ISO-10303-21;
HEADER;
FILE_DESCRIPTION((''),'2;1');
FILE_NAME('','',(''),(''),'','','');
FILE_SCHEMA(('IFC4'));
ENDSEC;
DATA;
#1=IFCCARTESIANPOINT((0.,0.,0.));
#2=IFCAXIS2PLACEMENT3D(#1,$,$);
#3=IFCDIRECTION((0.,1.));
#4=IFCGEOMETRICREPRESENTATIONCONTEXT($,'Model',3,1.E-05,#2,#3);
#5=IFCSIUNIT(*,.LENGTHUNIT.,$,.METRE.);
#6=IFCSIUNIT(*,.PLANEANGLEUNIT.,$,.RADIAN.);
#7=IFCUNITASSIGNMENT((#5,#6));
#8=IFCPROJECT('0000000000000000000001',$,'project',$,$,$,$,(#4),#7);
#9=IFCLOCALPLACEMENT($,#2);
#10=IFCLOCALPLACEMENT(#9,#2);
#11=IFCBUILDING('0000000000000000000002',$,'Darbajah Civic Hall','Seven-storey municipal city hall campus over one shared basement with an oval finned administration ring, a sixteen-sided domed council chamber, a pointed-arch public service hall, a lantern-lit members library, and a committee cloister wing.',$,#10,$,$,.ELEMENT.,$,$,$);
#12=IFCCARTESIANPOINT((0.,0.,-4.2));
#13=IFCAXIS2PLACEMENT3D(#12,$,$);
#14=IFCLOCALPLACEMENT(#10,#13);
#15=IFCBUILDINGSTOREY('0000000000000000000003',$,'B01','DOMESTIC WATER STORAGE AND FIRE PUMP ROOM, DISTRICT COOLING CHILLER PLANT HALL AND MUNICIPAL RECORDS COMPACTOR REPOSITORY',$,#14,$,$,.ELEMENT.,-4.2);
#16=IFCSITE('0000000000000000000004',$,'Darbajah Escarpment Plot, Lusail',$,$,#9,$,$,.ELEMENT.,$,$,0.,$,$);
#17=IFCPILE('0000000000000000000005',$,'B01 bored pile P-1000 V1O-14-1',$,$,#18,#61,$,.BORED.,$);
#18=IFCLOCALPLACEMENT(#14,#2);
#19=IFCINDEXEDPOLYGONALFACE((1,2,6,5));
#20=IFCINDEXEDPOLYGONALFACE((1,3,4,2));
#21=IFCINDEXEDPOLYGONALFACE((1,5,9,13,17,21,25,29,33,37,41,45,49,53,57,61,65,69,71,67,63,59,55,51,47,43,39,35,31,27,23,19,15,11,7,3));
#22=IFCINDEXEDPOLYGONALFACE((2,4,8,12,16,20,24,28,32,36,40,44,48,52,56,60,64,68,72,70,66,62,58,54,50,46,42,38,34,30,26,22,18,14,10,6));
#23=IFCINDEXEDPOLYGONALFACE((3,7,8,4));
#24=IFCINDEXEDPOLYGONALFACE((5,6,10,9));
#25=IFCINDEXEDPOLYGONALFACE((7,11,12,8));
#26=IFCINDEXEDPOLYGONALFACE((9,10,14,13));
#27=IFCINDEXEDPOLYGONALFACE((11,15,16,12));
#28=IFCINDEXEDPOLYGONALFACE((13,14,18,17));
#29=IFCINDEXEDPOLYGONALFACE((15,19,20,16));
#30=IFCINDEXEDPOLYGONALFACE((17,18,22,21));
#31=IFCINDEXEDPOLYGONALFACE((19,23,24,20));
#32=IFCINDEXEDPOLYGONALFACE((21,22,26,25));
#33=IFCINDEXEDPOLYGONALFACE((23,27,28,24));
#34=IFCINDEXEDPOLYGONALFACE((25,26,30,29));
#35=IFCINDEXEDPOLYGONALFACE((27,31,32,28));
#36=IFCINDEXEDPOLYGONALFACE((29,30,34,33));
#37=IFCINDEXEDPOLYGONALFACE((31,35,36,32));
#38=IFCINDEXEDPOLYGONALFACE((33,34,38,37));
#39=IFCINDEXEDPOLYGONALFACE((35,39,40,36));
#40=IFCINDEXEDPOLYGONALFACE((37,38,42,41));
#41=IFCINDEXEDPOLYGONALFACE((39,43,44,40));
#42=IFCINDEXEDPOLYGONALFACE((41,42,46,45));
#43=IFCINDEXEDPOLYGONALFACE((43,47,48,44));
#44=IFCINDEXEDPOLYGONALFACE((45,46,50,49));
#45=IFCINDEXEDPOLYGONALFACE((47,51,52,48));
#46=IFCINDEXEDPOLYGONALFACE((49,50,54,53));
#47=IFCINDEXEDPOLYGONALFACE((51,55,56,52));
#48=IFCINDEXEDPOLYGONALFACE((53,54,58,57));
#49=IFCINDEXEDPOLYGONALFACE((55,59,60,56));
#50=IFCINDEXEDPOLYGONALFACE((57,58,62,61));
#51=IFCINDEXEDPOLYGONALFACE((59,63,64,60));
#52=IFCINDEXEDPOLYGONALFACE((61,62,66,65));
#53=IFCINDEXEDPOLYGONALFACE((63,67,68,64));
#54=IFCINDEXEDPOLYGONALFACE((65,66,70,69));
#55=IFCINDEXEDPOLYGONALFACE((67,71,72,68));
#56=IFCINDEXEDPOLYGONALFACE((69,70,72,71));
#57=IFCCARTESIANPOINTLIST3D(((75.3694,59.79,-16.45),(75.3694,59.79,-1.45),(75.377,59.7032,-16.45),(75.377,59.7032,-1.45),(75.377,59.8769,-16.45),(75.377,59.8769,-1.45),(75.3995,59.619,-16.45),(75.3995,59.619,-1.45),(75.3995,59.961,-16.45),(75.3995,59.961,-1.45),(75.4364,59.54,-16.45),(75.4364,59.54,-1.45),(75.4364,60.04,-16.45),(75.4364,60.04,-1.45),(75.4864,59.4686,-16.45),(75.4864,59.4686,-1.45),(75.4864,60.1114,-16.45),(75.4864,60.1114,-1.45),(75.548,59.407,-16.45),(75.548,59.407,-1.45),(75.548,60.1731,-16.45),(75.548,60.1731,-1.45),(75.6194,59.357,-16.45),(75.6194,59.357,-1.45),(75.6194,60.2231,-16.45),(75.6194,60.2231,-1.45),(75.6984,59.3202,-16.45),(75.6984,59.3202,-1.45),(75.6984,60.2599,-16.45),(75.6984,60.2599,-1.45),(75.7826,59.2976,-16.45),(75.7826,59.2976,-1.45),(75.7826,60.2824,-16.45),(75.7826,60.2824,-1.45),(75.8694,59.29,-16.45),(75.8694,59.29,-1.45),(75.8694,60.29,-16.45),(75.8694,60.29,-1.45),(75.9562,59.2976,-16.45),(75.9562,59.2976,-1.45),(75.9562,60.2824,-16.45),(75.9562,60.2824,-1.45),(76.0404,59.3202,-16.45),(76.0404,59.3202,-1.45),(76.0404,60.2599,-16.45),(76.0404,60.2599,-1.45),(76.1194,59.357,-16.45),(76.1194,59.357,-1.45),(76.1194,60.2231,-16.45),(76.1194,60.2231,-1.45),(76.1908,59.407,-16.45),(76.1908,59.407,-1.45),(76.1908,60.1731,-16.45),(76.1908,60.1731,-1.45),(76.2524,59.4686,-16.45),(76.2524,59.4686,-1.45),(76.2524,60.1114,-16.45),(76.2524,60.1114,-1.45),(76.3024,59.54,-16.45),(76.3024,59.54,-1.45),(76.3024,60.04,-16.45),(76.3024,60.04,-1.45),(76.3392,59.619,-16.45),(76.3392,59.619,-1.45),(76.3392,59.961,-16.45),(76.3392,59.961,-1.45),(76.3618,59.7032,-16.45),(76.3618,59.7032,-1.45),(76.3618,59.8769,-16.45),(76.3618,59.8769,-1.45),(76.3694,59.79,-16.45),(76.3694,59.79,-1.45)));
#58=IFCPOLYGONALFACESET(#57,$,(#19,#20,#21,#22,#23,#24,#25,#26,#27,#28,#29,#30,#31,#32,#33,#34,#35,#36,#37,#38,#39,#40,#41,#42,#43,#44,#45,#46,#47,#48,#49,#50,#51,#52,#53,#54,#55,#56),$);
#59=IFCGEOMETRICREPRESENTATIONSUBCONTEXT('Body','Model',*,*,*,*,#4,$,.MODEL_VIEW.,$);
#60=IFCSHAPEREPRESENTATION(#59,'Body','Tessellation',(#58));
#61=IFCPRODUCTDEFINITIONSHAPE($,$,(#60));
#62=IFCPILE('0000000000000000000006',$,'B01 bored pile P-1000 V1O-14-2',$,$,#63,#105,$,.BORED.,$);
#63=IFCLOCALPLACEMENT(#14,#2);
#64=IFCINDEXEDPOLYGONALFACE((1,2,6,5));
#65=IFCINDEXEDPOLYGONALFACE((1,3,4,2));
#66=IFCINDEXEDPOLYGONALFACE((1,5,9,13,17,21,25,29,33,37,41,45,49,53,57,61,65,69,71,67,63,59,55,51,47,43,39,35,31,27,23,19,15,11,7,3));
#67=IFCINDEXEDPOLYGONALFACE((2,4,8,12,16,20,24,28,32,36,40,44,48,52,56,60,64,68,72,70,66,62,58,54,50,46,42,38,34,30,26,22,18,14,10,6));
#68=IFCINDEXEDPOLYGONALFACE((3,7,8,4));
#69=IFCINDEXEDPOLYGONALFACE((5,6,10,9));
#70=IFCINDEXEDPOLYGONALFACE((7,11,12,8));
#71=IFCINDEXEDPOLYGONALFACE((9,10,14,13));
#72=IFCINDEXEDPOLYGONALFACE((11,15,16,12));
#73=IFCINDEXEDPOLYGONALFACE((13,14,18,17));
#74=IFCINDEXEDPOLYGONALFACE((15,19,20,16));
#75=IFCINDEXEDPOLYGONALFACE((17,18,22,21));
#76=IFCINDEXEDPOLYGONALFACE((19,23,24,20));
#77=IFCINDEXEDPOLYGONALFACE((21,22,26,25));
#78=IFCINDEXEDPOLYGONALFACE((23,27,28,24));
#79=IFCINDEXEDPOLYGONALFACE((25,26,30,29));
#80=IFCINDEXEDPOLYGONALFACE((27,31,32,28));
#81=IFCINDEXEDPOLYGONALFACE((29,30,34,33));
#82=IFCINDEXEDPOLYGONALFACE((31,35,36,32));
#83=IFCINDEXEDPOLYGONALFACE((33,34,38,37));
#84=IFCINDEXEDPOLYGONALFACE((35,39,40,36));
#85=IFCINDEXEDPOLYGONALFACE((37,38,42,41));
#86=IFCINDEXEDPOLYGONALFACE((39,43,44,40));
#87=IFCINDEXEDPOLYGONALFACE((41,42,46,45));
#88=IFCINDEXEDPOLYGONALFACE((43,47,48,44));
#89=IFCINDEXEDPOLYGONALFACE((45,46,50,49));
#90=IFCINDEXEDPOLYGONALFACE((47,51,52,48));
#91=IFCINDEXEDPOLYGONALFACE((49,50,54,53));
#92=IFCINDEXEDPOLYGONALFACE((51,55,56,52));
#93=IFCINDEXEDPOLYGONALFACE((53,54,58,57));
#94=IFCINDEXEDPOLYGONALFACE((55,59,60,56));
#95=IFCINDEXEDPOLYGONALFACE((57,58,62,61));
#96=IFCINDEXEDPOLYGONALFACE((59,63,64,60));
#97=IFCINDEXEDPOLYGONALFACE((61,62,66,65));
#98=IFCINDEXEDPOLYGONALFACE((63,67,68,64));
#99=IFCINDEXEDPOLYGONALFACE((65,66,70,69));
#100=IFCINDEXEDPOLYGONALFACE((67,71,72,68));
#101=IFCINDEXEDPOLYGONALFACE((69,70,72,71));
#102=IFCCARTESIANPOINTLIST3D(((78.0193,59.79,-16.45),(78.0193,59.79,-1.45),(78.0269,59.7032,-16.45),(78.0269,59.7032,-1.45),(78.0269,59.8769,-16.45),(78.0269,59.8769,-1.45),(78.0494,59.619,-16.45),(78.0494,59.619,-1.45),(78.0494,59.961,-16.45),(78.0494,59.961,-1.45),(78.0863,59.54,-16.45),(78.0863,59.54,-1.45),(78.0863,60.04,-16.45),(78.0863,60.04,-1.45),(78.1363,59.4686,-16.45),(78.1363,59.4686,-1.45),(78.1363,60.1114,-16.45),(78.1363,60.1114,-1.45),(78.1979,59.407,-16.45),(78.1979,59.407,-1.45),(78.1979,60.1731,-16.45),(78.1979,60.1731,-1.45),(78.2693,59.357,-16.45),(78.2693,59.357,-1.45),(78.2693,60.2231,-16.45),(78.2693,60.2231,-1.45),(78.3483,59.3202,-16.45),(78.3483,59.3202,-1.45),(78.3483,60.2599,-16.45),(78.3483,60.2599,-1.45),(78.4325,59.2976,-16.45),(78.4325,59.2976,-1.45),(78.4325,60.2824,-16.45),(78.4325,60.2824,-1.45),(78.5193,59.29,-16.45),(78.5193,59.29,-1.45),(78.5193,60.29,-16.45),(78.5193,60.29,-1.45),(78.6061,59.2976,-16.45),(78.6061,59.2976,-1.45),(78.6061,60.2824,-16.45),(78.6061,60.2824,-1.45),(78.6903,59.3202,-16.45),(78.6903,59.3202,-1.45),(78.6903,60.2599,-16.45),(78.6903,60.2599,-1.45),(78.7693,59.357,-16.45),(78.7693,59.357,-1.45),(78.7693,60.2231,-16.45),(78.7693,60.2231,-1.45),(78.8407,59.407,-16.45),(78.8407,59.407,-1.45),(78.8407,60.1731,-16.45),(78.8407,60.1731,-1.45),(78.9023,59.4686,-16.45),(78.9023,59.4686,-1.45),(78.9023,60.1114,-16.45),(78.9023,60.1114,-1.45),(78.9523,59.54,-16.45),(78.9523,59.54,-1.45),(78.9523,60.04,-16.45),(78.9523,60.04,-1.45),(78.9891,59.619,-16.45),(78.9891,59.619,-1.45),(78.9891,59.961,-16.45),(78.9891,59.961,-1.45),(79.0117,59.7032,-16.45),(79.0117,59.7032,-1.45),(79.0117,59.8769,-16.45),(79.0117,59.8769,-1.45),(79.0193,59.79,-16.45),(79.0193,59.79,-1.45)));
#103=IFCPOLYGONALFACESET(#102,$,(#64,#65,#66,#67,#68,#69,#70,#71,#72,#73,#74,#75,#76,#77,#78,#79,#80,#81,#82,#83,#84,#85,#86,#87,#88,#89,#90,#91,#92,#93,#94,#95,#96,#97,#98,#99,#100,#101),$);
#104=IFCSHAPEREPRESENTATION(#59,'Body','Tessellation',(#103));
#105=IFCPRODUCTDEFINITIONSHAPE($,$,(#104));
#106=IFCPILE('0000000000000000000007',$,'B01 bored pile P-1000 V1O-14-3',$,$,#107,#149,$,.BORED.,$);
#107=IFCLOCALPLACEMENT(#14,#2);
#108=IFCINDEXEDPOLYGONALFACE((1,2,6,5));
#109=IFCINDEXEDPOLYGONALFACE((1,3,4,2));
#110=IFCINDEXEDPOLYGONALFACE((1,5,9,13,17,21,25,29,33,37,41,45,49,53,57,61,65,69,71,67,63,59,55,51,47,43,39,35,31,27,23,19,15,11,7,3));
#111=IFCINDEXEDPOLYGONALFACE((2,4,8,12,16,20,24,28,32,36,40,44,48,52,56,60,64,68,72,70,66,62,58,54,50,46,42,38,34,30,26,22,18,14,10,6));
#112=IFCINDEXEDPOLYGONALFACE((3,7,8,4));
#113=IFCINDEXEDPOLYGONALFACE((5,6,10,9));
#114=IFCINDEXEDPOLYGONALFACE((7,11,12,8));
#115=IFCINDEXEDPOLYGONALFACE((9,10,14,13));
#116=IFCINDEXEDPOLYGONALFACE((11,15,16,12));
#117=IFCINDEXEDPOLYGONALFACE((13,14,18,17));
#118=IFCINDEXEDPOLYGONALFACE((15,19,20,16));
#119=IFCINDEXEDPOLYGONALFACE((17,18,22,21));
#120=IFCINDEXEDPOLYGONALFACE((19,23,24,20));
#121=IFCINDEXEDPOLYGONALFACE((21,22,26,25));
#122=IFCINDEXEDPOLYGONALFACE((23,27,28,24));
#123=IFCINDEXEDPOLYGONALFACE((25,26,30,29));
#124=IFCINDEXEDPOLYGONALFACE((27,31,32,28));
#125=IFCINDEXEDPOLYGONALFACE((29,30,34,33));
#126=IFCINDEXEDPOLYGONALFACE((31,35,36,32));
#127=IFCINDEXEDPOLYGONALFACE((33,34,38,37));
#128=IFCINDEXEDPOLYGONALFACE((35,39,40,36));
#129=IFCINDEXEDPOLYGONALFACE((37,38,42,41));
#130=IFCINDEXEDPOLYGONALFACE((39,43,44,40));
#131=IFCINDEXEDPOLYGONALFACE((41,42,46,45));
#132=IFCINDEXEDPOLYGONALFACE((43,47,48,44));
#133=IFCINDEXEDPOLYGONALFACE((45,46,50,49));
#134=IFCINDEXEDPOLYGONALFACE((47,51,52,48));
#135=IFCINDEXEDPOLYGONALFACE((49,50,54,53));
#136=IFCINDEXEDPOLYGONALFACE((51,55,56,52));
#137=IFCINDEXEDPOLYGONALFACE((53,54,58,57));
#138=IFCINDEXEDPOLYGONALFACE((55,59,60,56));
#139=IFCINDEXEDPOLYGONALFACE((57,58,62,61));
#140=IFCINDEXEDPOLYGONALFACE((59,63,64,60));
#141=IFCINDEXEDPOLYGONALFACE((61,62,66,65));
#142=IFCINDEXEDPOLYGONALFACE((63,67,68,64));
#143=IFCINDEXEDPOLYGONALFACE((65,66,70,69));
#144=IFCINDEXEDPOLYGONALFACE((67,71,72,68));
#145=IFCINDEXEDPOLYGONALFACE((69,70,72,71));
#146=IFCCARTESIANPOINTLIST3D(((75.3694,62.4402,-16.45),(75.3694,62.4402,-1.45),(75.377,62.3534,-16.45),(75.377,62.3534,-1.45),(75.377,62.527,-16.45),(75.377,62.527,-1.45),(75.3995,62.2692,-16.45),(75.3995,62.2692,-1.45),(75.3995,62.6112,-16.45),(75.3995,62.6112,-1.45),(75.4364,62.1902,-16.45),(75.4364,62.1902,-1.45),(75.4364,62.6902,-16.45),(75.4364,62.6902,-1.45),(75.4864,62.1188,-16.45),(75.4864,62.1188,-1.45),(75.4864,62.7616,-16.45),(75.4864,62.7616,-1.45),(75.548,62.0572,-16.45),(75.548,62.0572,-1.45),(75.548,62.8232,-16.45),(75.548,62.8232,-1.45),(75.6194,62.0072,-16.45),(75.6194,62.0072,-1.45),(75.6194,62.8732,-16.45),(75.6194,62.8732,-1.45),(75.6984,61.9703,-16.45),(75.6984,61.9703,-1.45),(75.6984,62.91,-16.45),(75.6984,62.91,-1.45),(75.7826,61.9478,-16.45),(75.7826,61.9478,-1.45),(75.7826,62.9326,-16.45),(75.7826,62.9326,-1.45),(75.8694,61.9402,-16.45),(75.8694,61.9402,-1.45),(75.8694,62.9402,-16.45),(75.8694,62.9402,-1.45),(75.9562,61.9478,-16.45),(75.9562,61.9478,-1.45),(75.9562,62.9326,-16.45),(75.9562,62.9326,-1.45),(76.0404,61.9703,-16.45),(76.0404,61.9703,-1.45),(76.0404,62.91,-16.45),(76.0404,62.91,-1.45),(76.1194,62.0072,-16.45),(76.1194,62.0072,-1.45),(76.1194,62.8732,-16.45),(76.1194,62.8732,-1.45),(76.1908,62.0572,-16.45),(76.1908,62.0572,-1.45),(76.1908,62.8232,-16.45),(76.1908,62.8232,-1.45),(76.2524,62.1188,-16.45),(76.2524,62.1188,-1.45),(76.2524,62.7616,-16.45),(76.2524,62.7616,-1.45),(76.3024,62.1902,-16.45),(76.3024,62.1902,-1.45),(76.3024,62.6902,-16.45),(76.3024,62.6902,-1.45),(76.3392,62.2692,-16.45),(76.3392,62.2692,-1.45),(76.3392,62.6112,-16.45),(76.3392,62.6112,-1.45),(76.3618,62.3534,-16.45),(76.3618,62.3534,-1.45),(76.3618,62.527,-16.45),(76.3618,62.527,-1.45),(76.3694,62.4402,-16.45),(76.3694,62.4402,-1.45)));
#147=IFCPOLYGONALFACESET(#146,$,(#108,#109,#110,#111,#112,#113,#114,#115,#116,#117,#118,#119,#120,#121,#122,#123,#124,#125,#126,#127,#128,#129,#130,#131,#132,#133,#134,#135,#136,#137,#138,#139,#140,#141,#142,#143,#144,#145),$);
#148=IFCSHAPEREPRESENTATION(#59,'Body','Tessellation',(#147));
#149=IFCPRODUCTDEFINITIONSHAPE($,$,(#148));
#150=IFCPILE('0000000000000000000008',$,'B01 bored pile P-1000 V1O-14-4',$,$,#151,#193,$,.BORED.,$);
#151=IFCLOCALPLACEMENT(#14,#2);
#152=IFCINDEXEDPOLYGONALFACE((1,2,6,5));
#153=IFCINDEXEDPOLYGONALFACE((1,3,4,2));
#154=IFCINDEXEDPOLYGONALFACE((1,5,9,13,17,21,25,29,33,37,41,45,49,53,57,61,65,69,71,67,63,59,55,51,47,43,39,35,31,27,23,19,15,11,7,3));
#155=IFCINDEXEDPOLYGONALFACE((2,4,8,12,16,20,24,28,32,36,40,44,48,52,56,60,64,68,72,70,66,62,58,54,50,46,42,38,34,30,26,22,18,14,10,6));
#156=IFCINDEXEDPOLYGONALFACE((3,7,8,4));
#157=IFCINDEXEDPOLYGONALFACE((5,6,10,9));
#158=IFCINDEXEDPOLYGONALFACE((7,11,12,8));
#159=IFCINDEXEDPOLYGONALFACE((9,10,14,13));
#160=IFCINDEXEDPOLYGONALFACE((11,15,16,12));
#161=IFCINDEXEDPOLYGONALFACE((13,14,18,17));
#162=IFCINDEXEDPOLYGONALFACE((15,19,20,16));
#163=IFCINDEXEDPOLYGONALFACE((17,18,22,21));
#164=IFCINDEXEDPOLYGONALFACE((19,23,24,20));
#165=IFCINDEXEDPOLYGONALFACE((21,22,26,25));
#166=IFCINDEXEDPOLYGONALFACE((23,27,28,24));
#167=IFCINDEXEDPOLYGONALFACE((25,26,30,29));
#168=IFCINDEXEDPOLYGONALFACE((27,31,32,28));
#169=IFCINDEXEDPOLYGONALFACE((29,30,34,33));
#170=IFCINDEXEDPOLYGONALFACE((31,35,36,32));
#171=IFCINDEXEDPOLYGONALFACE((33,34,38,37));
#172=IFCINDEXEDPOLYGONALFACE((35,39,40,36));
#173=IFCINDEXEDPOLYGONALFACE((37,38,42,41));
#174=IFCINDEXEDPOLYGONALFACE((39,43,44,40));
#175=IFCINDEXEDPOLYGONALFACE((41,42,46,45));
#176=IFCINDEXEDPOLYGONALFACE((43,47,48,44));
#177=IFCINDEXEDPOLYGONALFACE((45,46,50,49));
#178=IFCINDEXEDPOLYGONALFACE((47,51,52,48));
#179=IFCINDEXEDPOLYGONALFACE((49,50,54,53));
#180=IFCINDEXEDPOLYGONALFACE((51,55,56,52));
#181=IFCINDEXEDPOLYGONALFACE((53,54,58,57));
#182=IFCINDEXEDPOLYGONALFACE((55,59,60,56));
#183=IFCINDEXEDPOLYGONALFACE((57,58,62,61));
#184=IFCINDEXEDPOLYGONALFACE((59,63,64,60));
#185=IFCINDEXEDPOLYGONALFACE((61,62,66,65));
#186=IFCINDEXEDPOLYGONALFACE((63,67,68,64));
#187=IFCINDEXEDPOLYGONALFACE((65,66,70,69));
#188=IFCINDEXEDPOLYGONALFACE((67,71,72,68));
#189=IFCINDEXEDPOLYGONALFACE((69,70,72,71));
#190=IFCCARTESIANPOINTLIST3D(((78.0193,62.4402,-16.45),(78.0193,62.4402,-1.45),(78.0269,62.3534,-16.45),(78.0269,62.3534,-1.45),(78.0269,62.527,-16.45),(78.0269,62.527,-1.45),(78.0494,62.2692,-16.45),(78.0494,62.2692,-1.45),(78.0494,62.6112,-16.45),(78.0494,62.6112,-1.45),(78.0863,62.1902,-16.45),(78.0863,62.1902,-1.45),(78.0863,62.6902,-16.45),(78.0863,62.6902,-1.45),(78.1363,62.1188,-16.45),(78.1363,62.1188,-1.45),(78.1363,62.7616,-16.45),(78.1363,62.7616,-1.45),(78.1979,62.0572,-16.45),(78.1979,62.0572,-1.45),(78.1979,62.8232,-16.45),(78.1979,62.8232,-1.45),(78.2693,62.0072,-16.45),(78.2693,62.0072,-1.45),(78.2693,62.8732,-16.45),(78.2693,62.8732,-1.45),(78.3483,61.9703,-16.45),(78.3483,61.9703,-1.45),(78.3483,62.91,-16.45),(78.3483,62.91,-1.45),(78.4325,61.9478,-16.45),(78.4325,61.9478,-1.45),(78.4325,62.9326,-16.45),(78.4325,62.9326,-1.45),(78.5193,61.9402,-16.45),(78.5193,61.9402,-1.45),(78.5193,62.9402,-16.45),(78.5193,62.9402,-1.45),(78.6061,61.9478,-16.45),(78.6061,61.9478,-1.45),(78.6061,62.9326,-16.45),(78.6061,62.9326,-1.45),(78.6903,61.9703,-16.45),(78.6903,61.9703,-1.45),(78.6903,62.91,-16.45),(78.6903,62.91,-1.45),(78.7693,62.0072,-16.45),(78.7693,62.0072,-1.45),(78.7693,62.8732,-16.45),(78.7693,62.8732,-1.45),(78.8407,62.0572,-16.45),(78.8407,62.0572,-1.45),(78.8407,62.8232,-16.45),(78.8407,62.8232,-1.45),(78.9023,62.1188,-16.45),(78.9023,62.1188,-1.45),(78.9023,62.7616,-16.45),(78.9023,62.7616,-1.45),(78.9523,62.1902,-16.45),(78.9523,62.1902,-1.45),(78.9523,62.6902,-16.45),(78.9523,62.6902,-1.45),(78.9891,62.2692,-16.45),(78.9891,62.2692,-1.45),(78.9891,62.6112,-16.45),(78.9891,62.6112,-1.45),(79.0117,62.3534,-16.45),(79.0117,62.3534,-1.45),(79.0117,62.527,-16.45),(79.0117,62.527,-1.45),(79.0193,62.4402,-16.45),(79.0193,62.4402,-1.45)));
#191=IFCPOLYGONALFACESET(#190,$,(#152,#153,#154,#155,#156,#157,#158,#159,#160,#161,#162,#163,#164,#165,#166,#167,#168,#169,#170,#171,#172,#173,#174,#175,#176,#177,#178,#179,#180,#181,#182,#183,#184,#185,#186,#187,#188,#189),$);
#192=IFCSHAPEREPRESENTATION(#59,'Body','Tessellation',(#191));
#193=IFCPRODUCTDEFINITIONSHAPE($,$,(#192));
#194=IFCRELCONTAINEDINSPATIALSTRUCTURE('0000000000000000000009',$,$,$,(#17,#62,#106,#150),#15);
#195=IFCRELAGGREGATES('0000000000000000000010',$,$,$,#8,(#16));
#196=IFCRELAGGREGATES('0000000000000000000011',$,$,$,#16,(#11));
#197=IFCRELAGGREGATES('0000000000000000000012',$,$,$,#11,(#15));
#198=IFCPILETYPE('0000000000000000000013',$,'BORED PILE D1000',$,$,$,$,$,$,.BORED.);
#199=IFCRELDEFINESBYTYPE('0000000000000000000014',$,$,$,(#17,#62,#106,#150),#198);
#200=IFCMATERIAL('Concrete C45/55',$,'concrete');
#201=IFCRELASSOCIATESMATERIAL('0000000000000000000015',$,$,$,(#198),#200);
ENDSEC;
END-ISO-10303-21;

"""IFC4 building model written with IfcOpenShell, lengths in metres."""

from ifc_helpers import new_model, si_unit, direction, frame, origin, origin_2d, place, context, subcontext, project, spatial, circle, extrude, material, material_profile, profile_set, type_object, element, save


model = new_model("IFC4")

# Units and contexts
model_context = context("Model", 3, precision=1e-05, world=origin(), true_north=direction((0.0, 1.0)))
body_context = subcontext(model_context, "Body", "Model", "MODEL_VIEW")
ifc_project = project(units=[si_unit("LENGTHUNIT", "METRE"), si_unit("PLANEANGLEUNIT", "RADIAN")], contexts=[model_context])

# Site, building, storey
site_placement = place(None, origin())
site = spatial("IfcSite", under=ifc_project, at=site_placement, Name="Darbajah Escarpment Plot, Lusail", CompositionType="ELEMENT", RefElevation=0.0)
building_placement = place(site_placement, origin())
building = spatial("IfcBuilding", under=site, at=building_placement, Name="Darbajah Civic Hall", Description="Seven-storey municipal city hall campus over one shared basement with an oval finned administration ring, a sixteen-sided domed council chamber, a pointed-arch public service hall, a lantern-lit members library, and a committee cloister wing.", CompositionType="ELEMENT")
storey_placement = place(building_placement, frame((0.0, 0.0, -4.2)))
storey = spatial("IfcBuildingStorey", under=building, at=storey_placement, Name="B01", Description="DOMESTIC WATER STORAGE AND FIRE PUMP ROOM, DISTRICT COOLING CHILLER PLANT HALL AND MUNICIPAL RECORDS COMPACTOR REPOSITORY", CompositionType="ELEMENT", Elevation=-4.2)

# Piles
ifc_material_1 = material(Name="Concrete C45/55", Category="concrete")
ifc_material_profile_1 = material_profile(ifc_material_1, circle(Radius=0.5, at=origin_2d()), Name="BORED PILE D1000")
ifc_profile_set_1 = profile_set([ifc_material_profile_1], Name="Concrete C45/55")
pile_type_1 = type_object("IfcPileType", Name="BORED PILE D1000", PredefinedType="BORED", material=ifc_profile_set_1)
for number, where, z_axis, x_axis, name in (
    (1, (75.8694, 59.79, -1.45), (0.0, 0.0, -1.0), (1.0, 0.0, 0.0), "B01 bored pile P-1000 V1O-14-1"),
    (2, (78.5193, 59.79, -1.45), (0.0, 0.0, -1.0), (1.0, 0.0, 0.0), "B01 bored pile P-1000 V1O-14-2"),
    (3, (75.8694, 62.4402, -1.45), (0.0, 0.0, -1.0), (1.0, 0.0, 0.0), "B01 bored pile P-1000 V1O-14-3"),
    (4, (78.5193, 62.4402, -1.45), (0.0, 0.0, -1.0), (1.0, 0.0, 0.0), "B01 bored pile P-1000 V1O-14-4"),
):
    element("IfcPile", number, at=place(storey_placement, frame(where, z_axis=z_axis, x_axis=x_axis)), inside=storey, type_object=pile_type_1, Name=name, PredefinedType="BORED", context=body_context, shape_type="SweptSolid", body=[
        extrude(circle(Radius=0.5, at=origin_2d()), origin(), (0.0, 0.0, 1.0), 15.0),
    ])

save(model, "model.ifc")
